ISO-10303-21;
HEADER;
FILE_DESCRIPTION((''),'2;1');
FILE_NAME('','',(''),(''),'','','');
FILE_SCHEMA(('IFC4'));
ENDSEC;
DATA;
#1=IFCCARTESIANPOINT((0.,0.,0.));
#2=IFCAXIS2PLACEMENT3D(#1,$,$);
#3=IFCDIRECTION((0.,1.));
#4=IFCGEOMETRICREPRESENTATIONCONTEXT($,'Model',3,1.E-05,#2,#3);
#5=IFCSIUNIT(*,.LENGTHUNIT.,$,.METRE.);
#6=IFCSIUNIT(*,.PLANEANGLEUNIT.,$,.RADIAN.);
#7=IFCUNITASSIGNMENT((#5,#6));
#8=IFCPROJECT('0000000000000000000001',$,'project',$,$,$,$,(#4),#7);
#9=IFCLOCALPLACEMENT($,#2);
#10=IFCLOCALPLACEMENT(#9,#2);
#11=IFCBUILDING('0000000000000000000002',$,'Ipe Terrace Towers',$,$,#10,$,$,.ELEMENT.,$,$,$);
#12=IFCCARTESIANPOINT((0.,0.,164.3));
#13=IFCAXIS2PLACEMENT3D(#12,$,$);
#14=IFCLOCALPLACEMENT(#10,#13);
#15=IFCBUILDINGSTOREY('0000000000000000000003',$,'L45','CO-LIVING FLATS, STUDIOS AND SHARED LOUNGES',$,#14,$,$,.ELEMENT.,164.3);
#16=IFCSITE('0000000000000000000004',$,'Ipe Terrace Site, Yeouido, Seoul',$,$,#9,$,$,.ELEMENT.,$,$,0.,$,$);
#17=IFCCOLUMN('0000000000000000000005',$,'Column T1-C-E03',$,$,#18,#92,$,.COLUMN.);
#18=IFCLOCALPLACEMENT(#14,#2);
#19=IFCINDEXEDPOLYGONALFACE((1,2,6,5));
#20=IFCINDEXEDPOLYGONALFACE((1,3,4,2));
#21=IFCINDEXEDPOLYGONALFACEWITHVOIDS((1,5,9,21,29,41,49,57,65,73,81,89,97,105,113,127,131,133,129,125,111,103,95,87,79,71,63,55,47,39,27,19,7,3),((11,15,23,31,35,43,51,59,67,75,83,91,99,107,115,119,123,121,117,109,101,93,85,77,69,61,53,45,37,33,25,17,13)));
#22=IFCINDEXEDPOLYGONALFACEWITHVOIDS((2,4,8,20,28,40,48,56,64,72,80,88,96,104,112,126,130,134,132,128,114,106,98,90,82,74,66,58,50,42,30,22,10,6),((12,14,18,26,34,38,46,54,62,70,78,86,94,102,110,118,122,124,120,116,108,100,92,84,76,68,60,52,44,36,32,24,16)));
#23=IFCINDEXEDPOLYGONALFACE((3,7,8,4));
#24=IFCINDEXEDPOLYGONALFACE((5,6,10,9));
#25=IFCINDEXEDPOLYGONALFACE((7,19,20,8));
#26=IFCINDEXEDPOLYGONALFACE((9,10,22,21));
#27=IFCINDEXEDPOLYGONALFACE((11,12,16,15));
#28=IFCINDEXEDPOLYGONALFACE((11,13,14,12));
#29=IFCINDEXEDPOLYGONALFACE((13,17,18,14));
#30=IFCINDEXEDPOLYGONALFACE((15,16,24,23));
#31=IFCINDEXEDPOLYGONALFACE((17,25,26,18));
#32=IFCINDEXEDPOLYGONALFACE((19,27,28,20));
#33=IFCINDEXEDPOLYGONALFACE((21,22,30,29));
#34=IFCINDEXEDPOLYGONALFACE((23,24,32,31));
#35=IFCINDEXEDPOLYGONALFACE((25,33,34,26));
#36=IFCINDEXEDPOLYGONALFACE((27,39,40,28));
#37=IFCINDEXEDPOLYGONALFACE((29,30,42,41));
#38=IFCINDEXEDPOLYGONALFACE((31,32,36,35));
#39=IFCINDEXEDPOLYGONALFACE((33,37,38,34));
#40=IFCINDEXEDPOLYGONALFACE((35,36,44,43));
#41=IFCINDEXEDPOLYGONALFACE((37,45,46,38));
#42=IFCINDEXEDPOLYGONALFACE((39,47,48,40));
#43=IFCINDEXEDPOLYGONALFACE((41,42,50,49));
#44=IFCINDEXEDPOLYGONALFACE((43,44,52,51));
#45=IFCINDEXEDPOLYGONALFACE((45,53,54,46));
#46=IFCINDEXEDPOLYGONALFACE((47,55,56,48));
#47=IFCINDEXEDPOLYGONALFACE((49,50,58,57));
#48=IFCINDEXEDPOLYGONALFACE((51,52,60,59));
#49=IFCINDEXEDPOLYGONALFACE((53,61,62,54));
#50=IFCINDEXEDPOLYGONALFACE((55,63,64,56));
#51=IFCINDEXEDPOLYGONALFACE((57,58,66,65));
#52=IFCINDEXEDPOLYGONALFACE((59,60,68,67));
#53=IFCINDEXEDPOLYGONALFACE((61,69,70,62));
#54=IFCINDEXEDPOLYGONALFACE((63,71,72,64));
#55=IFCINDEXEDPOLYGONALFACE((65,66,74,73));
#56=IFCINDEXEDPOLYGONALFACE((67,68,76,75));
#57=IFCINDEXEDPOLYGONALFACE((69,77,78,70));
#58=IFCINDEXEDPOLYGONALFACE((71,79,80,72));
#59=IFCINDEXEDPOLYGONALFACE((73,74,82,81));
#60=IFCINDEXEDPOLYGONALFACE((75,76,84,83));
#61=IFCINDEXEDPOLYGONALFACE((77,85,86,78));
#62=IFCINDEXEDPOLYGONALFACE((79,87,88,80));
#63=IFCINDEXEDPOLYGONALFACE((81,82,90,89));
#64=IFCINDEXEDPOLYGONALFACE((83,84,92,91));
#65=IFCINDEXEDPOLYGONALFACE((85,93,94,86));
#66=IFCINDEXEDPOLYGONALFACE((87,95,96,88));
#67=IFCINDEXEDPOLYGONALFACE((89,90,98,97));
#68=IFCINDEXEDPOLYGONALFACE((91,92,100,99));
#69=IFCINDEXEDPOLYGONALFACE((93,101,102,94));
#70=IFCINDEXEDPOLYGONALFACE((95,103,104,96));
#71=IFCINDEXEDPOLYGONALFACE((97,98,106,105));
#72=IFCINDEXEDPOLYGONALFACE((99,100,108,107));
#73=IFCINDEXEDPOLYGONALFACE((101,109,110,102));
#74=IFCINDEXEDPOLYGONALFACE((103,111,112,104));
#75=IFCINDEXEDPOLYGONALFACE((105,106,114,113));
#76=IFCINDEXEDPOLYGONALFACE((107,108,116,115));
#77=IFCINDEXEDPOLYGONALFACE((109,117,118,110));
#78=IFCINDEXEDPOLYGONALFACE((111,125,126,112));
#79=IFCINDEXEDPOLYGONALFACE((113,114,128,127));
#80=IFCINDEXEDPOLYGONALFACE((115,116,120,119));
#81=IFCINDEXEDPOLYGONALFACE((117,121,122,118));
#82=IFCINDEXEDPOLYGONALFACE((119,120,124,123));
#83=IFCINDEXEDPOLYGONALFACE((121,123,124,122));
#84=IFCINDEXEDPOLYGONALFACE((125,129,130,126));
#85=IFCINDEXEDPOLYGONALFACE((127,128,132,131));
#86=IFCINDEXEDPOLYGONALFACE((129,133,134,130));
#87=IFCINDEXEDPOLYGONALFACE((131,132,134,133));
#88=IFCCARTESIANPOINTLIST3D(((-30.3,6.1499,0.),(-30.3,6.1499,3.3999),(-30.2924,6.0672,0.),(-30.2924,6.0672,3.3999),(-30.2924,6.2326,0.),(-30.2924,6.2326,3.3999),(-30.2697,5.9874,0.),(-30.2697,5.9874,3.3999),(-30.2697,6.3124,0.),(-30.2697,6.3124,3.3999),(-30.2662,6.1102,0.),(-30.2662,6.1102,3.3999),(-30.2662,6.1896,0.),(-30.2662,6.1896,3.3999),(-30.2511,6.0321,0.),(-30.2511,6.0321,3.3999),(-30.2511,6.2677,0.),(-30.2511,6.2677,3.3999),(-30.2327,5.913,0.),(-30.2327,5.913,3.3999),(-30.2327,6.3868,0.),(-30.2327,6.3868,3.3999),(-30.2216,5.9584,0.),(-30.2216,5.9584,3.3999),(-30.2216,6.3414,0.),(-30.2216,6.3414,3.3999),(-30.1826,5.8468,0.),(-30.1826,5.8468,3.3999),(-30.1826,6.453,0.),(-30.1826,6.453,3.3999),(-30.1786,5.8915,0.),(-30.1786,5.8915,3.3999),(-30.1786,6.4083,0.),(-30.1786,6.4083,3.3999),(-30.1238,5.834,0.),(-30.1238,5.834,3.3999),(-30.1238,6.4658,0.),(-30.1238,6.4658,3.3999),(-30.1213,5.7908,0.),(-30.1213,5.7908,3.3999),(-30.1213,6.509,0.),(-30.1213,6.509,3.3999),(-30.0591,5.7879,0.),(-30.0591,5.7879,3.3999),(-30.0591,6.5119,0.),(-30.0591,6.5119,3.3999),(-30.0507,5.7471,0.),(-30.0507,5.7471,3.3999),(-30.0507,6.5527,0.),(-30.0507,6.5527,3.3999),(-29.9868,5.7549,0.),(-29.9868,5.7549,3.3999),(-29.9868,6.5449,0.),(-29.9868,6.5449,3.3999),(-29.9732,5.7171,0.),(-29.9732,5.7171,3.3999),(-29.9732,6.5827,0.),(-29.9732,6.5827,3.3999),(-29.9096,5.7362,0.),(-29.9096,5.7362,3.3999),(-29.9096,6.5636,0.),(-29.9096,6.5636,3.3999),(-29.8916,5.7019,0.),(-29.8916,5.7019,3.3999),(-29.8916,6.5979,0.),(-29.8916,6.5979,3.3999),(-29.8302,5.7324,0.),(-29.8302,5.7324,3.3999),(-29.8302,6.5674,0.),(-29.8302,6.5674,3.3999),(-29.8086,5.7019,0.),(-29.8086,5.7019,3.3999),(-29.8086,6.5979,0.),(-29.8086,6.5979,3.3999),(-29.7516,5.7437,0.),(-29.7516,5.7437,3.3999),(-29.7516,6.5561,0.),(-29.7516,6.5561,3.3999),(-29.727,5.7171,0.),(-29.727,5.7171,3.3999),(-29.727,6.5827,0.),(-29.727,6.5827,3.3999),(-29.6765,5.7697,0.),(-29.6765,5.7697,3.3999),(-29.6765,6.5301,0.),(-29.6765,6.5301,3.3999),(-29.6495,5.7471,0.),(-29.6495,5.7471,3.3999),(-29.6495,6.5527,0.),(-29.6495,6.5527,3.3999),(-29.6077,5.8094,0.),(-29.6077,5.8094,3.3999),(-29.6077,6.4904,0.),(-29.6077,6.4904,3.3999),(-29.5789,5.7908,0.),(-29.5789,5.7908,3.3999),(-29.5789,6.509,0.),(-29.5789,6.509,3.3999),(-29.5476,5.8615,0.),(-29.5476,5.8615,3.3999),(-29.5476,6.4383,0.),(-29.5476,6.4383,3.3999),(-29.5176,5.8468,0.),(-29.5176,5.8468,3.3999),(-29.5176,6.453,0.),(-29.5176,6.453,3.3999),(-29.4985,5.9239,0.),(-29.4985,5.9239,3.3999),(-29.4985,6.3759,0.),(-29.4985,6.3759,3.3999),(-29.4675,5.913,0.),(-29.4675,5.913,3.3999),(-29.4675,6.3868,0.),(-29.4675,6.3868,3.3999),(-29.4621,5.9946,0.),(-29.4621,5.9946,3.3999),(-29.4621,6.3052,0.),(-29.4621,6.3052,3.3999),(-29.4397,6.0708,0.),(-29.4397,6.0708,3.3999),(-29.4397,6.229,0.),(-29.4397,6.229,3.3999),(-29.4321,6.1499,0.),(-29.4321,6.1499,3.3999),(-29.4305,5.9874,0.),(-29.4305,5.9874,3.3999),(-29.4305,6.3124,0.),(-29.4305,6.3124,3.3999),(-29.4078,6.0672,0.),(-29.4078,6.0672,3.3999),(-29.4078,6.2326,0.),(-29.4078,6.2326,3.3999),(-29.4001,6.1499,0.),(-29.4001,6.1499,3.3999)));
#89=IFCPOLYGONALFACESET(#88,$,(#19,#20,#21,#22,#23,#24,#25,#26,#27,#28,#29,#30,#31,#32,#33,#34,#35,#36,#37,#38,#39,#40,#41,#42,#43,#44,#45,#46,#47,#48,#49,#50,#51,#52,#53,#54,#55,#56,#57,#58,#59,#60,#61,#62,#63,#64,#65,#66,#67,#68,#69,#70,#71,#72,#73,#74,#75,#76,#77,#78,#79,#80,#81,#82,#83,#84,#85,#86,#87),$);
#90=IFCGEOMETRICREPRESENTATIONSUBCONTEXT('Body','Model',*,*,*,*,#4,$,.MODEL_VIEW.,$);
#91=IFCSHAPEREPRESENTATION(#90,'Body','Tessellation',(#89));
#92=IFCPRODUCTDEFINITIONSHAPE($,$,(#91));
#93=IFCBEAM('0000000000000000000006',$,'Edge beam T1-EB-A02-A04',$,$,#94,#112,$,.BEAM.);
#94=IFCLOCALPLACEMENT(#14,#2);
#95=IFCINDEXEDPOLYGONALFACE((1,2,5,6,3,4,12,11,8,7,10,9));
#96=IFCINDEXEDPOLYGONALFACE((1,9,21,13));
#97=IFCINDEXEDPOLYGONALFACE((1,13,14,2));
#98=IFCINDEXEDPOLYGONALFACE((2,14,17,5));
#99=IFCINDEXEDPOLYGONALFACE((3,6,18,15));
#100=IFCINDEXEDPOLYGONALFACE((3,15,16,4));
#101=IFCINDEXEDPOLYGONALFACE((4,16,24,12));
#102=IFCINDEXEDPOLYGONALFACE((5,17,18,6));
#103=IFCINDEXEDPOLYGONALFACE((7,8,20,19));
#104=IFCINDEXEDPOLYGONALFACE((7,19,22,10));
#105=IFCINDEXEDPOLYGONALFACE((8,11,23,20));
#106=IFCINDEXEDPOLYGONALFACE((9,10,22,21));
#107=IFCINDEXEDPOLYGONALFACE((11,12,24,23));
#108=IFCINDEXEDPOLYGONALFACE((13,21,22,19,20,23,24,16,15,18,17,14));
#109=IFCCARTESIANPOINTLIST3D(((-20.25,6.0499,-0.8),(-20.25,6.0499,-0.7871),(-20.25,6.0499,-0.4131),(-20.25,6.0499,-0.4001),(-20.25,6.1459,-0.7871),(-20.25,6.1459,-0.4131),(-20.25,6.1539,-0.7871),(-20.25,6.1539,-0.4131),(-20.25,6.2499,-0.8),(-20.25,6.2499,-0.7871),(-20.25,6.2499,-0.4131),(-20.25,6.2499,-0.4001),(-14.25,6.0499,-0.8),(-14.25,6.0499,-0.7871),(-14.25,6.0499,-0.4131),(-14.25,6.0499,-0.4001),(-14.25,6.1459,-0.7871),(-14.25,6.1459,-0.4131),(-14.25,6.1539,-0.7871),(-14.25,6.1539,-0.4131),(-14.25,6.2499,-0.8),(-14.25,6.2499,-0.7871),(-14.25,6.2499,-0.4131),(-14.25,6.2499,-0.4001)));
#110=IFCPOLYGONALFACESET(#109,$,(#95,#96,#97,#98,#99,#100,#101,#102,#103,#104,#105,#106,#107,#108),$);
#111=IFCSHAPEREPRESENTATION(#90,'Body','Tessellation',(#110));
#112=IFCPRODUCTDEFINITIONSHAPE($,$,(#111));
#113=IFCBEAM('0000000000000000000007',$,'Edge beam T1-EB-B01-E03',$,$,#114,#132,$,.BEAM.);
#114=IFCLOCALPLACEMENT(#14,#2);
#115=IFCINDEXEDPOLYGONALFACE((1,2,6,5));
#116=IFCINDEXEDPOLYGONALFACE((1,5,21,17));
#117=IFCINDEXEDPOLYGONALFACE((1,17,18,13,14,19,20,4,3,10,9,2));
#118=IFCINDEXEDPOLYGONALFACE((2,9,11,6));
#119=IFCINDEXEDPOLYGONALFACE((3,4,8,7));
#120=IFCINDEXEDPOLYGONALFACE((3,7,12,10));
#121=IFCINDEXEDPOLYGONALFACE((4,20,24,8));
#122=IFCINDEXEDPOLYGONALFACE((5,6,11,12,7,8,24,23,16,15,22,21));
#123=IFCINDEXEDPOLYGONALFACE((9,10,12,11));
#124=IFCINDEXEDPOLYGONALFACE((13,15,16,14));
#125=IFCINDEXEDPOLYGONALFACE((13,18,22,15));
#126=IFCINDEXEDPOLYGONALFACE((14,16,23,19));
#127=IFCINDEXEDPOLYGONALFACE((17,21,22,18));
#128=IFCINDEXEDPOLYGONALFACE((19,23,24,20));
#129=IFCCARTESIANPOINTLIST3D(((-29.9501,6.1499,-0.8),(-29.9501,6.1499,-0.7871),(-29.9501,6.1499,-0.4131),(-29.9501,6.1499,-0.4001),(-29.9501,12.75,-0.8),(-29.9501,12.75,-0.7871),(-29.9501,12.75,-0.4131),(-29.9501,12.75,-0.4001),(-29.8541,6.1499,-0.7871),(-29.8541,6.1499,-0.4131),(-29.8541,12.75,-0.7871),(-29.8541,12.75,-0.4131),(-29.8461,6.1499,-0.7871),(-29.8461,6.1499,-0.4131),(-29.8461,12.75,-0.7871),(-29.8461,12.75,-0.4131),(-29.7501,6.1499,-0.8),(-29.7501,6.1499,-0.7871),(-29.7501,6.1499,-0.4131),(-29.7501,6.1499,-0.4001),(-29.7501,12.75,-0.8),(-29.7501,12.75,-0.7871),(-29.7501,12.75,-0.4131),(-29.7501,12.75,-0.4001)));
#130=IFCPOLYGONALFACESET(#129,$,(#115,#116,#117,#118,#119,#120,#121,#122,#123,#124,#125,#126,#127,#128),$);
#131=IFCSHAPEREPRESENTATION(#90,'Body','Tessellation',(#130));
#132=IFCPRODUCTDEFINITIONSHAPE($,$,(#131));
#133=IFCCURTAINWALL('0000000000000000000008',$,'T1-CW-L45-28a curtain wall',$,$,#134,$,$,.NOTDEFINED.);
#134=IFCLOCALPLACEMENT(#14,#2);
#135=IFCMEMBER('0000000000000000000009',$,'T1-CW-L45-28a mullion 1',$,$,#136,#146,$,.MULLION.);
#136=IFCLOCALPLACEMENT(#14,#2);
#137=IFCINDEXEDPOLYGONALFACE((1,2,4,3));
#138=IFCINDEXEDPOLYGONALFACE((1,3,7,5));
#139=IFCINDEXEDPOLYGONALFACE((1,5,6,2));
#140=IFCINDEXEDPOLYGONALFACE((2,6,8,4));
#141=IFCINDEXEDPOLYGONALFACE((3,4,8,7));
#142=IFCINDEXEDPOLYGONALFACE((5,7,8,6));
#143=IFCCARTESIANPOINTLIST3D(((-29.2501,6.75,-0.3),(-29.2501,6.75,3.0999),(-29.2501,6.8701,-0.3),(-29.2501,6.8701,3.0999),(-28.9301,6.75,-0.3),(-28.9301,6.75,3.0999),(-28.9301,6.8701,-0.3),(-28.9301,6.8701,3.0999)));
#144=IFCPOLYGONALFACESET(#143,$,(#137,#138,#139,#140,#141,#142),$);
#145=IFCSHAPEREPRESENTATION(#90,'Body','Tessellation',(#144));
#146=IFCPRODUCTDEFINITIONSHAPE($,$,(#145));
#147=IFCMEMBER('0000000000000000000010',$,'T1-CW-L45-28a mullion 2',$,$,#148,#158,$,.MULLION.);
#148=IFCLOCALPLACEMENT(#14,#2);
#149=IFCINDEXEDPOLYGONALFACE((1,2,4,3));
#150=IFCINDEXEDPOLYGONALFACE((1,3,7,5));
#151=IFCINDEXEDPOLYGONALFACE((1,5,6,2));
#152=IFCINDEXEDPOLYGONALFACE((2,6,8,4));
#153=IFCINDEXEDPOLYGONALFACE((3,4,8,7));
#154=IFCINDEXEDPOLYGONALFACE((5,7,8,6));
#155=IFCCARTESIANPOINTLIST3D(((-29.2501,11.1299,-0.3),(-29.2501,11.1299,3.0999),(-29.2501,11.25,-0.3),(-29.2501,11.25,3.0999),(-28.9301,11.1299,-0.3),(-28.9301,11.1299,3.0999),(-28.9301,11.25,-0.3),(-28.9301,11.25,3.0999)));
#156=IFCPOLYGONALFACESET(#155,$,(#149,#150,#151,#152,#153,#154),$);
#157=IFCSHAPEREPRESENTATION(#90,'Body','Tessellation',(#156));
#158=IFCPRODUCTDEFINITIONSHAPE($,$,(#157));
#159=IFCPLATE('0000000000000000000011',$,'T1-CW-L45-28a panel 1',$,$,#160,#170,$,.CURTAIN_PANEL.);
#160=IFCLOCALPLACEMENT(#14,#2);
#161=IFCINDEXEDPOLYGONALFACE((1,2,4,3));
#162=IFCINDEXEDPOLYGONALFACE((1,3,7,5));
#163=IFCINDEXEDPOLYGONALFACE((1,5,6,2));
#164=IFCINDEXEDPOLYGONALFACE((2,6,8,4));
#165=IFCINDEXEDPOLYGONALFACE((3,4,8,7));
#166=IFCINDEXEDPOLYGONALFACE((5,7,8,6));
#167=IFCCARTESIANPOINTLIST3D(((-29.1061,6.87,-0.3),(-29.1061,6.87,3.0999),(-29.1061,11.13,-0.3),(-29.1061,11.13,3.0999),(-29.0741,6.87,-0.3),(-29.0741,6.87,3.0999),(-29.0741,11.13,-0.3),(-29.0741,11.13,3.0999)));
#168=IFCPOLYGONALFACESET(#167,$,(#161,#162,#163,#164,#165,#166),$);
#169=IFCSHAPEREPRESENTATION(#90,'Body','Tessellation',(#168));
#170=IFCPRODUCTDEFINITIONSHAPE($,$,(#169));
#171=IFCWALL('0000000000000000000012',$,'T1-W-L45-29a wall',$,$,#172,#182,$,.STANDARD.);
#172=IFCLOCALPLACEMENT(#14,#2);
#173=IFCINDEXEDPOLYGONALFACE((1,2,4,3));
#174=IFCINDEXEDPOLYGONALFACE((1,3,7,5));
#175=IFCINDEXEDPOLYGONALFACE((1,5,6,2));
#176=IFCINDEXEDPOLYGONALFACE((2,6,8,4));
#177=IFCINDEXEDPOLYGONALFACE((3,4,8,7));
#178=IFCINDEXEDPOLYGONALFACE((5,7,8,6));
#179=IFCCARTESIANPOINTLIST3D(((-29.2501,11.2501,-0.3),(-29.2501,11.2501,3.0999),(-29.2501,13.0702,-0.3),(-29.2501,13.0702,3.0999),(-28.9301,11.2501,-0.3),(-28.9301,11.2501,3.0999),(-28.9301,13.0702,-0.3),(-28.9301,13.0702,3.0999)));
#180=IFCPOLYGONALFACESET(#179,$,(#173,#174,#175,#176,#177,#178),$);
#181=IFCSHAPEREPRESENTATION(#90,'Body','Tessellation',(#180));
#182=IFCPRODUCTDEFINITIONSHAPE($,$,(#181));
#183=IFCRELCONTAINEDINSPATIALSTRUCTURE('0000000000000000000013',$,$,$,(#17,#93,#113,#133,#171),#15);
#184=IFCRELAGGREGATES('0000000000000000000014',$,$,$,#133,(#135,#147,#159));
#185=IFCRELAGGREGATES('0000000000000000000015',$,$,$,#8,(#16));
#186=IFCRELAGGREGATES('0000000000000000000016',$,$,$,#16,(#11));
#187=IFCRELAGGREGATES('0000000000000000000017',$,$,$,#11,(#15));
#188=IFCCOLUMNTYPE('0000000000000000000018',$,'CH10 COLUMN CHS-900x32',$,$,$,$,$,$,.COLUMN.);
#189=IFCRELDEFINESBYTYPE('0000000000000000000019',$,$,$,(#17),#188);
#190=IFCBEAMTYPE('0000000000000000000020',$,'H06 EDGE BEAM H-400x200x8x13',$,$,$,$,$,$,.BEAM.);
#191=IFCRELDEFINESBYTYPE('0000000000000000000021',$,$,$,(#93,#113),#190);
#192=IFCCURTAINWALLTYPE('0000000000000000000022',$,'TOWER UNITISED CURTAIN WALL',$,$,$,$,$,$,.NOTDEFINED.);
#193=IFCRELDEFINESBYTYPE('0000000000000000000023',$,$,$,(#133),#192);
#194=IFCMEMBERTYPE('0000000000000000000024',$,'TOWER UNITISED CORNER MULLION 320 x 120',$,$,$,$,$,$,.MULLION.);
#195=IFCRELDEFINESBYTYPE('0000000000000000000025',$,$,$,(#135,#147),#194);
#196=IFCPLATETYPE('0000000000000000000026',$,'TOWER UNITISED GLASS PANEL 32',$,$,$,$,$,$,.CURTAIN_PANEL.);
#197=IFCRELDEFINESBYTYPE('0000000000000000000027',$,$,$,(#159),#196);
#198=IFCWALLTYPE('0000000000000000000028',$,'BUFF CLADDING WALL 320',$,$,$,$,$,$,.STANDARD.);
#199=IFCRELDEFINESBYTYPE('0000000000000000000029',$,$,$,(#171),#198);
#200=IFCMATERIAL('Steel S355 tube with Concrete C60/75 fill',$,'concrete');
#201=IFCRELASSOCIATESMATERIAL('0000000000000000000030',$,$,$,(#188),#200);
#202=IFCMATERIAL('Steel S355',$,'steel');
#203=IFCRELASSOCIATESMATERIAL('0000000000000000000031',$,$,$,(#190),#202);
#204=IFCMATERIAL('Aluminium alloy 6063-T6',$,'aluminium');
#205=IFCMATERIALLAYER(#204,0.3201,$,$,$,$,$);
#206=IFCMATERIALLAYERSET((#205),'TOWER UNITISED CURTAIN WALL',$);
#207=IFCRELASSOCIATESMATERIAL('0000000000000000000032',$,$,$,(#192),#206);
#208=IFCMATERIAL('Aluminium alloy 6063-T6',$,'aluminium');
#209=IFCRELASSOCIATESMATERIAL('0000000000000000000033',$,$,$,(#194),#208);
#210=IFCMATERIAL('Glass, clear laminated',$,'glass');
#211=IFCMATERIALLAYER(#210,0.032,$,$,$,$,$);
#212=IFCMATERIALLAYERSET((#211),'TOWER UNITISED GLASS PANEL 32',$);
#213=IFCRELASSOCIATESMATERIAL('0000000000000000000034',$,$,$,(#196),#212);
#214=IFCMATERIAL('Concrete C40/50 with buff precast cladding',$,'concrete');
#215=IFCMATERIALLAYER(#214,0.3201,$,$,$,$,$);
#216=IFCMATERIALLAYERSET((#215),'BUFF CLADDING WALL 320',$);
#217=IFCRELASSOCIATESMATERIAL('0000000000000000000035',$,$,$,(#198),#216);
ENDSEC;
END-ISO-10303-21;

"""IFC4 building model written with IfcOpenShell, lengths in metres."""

from ifc_helpers import new_model, si_unit, direction, frame, frame_2d, origin, origin_2d, place, context, subcontext, project, spatial, rectangle, hollow_circle, i_section, extrude, material, layer, layer_set, material_profile, profile_set, type_object, element, aggregate, save


model = new_model("IFC4")

# Units and contexts
model_context = context("Model", 3, precision=1e-05, world=origin(), true_north=direction((0.0, 1.0)))
body_context = subcontext(model_context, "Body", "Model", "MODEL_VIEW")
ifc_project = project(units=[si_unit("LENGTHUNIT", "METRE"), si_unit("PLANEANGLEUNIT", "RADIAN")], contexts=[model_context])

# Site, building, storey
site_placement = place(None, origin())
site = spatial("IfcSite", under=ifc_project, at=site_placement, Name="Ipe Terrace Site, Yeouido, Seoul", CompositionType="ELEMENT", RefElevation=0.0)
building_placement = place(site_placement, origin())
building = spatial("IfcBuilding", under=site, at=building_placement, Name="Ipe Terrace Towers", CompositionType="ELEMENT")
storey_placement = place(building_placement, frame((0.0, 0.0, 164.3)))
storey = spatial("IfcBuildingStorey", under=building, at=storey_placement, Name="L45", Description="CO-LIVING FLATS, STUDIOS AND SHARED LOUNGES", CompositionType="ELEMENT", Elevation=164.3)

# Column
ifc_material_1 = material(Name="Steel S355 tube with Concrete C60/75 fill", Category="concrete")
ifc_material_profile_1 = material_profile(ifc_material_1, hollow_circle(Radius=0.45, WallThickness=0.032, at=origin_2d()), Name="CHS-900x32")
ifc_profile_set_1 = profile_set([ifc_material_profile_1], Name="Steel S355 tube with Concrete C60/75 fill")
column_type_1 = type_object("IfcColumnType", Name="CH10 COLUMN CHS-900x32", PredefinedType="COLUMN", material=ifc_profile_set_1)
column_placement = place(storey_placement, frame((-29.8501, 6.1499, 0.0), z_axis=(0.0, 0.0, 1.0), x_axis=(1.0, 0.0, 0.0)))
element("IfcColumn", 1, at=column_placement, inside=storey, type_object=column_type_1, Name="Column T1-C-E03", PredefinedType="COLUMN", context=body_context, shape_type="SweptSolid", body=[
    extrude(hollow_circle(Radius=0.45, WallThickness=0.032, at=origin_2d()), origin(), (0.0, 0.0, 1.0), 3.3999),
])

# Beams
ifc_material_2 = material(Name="Steel S355", Category="steel")
ifc_material_profile_2 = material_profile(ifc_material_2, i_section(OverallWidth=0.2, OverallDepth=0.3999, WebThickness=0.0081, FlangeThickness=0.0129, at=origin_2d()), Name="H-400x200x8x13")
ifc_profile_set_2 = profile_set([ifc_material_profile_2], Name="Steel S355")
beam_type = type_object("IfcBeamType", Name="H06 EDGE BEAM H-400x200x8x13", PredefinedType="BEAM", material=ifc_profile_set_2)
beam_1_placement = place(storey_placement, frame((-20.25, 6.1499, -0.6001), z_axis=(1.0, 0.0, 0.0), x_axis=(0.0, 1.0, 0.0)))
element("IfcBeam", 2, at=beam_1_placement, inside=storey, type_object=beam_type, Name="Edge beam T1-EB-A02-A04", PredefinedType="BEAM", context=body_context, shape_type="SweptSolid", body=[
    extrude(i_section(OverallWidth=0.2, OverallDepth=0.3999, WebThickness=0.0081, FlangeThickness=0.0129, at=origin_2d()), origin(), (0.0, 0.0, 1.0), 6.0),
])
beam_2_placement = place(storey_placement, frame((-29.8501, 12.75, -0.6001), z_axis=(0.0, -1.0, 0.0), x_axis=(1.0, 0.0, 0.0)))
element("IfcBeam", 3, at=beam_2_placement, inside=storey, type_object=beam_type, Name="Edge beam T1-EB-B01-E03", PredefinedType="BEAM", context=body_context, shape_type="SweptSolid", body=[
    extrude(i_section(OverallWidth=0.2, OverallDepth=0.3999, WebThickness=0.0081, FlangeThickness=0.0129, at=origin_2d()), origin(), (0.0, 0.0, 1.0), 6.6001),
])

# Curtain wall, members, plate
ifc_material_3 = material(Name="Aluminium alloy 6063-T6", Category="aluminium")
ifc_layer_1 = layer(ifc_material_3, 0.3201)
ifc_layer_set_1 = layer_set([ifc_layer_1], Name="TOWER UNITISED CURTAIN WALL")
curtain_wall_type = type_object("IfcCurtainWallType", Name="TOWER UNITISED CURTAIN WALL", PredefinedType="NOTDEFINED", material=ifc_layer_set_1)
curtain_wall_placement = place(storey_placement, origin())
curtain_wall = element("IfcCurtainWall", 4, at=curtain_wall_placement, inside=storey, type_object=curtain_wall_type, Name="T1-CW-L45-28a curtain wall", PredefinedType="NOTDEFINED")
ifc_material_4 = material(Name="Aluminium alloy 6063-T6", Category="aluminium")
ifc_material_profile_3 = material_profile(ifc_material_4, rectangle(XDim=0.3201, YDim=0.1201, at=origin_2d()), Name="TOWER UNITISED CORNER MULLION 320 x 120")
ifc_profile_set_3 = profile_set([ifc_material_profile_3], Name="Aluminium alloy 6063-T6")
member_type = type_object("IfcMemberType", Name="TOWER UNITISED CORNER MULLION 320 x 120", PredefinedType="MULLION", material=ifc_profile_set_3)
member_1_placement = place(storey_placement, frame((-29.0901, 6.8101, -0.3), z_axis=(0.0, 0.0, 1.0), x_axis=(1.0, 0.0, 0.0)))
member_1 = element("IfcMember", 5, at=member_1_placement, type_object=member_type, Name="T1-CW-L45-28a mullion 1", PredefinedType="MULLION", context=body_context, shape_type="SweptSolid", body=[
    extrude(rectangle(XDim=0.3201, YDim=0.1201, at=origin_2d()), origin(), (0.0, 0.0, 1.0), 3.3999),
])
member_2_placement = place(storey_placement, frame((-29.0901, 11.1899, -0.3), z_axis=(0.0, 0.0, 1.0), x_axis=(1.0, 0.0, 0.0)))
member_2 = element("IfcMember", 6, at=member_2_placement, type_object=member_type, Name="T1-CW-L45-28a mullion 2", PredefinedType="MULLION", context=body_context, shape_type="SweptSolid", body=[
    extrude(rectangle(XDim=0.3201, YDim=0.1201, at=origin_2d()), origin(), (0.0, 0.0, 1.0), 3.3999),
])
ifc_material_5 = material(Name="Glass, clear laminated", Category="glass")
ifc_layer_2 = layer(ifc_material_5, 0.032)
ifc_layer_set_2 = layer_set([ifc_layer_2], Name="TOWER UNITISED GLASS PANEL 32")
plate_type = type_object("IfcPlateType", Name="TOWER UNITISED GLASS PANEL 32", PredefinedType="CURTAIN_PANEL", material=ifc_layer_set_2)
plate_placement = place(storey_placement, frame((-29.0901, 9.0, -0.3), z_axis=(0.0, 0.0, 1.0), x_axis=(0.0, 1.0, 0.0)))
plate = element("IfcPlate", 7, at=plate_placement, type_object=plate_type, Name="T1-CW-L45-28a panel 1", PredefinedType="CURTAIN_PANEL", context=body_context, shape_type="SweptSolid", body=[
    extrude(rectangle(XDim=4.26, YDim=0.032, at=origin_2d()), origin(), (0.0, 0.0, 1.0), 3.3999),
])
aggregate(curtain_wall, [member_1, member_2, plate])

# Wall
ifc_material_6 = material(Name="Concrete C40/50 with buff precast cladding", Category="concrete")
ifc_layer_3 = layer(ifc_material_6, 0.3201)
ifc_layer_set_3 = layer_set([ifc_layer_3], Name="BUFF CLADDING WALL 320")
wall_type_1 = type_object("IfcWallType", Name="BUFF CLADDING WALL 320", PredefinedType="STANDARD", material=ifc_layer_set_3)
wall_1_placement = place(storey_placement, frame((-29.0901, 11.25, -0.3), z_axis=(0.0, 0.0, 1.0), x_axis=(0.0, 1.0, 0.0)))
element("IfcWall", 8, at=wall_1_placement, inside=storey, type_object=wall_type_1, Name="T1-W-L45-29a wall", PredefinedType="STANDARD", context=body_context, shape_type="SweptSolid", body=[
    extrude(rectangle(XDim=1.8201, YDim=0.3201, at=frame_2d((0.9102, 0.0))), origin(), (0.0, 0.0, 1.0), 3.3999),
])

save(model, "model.ifc")
